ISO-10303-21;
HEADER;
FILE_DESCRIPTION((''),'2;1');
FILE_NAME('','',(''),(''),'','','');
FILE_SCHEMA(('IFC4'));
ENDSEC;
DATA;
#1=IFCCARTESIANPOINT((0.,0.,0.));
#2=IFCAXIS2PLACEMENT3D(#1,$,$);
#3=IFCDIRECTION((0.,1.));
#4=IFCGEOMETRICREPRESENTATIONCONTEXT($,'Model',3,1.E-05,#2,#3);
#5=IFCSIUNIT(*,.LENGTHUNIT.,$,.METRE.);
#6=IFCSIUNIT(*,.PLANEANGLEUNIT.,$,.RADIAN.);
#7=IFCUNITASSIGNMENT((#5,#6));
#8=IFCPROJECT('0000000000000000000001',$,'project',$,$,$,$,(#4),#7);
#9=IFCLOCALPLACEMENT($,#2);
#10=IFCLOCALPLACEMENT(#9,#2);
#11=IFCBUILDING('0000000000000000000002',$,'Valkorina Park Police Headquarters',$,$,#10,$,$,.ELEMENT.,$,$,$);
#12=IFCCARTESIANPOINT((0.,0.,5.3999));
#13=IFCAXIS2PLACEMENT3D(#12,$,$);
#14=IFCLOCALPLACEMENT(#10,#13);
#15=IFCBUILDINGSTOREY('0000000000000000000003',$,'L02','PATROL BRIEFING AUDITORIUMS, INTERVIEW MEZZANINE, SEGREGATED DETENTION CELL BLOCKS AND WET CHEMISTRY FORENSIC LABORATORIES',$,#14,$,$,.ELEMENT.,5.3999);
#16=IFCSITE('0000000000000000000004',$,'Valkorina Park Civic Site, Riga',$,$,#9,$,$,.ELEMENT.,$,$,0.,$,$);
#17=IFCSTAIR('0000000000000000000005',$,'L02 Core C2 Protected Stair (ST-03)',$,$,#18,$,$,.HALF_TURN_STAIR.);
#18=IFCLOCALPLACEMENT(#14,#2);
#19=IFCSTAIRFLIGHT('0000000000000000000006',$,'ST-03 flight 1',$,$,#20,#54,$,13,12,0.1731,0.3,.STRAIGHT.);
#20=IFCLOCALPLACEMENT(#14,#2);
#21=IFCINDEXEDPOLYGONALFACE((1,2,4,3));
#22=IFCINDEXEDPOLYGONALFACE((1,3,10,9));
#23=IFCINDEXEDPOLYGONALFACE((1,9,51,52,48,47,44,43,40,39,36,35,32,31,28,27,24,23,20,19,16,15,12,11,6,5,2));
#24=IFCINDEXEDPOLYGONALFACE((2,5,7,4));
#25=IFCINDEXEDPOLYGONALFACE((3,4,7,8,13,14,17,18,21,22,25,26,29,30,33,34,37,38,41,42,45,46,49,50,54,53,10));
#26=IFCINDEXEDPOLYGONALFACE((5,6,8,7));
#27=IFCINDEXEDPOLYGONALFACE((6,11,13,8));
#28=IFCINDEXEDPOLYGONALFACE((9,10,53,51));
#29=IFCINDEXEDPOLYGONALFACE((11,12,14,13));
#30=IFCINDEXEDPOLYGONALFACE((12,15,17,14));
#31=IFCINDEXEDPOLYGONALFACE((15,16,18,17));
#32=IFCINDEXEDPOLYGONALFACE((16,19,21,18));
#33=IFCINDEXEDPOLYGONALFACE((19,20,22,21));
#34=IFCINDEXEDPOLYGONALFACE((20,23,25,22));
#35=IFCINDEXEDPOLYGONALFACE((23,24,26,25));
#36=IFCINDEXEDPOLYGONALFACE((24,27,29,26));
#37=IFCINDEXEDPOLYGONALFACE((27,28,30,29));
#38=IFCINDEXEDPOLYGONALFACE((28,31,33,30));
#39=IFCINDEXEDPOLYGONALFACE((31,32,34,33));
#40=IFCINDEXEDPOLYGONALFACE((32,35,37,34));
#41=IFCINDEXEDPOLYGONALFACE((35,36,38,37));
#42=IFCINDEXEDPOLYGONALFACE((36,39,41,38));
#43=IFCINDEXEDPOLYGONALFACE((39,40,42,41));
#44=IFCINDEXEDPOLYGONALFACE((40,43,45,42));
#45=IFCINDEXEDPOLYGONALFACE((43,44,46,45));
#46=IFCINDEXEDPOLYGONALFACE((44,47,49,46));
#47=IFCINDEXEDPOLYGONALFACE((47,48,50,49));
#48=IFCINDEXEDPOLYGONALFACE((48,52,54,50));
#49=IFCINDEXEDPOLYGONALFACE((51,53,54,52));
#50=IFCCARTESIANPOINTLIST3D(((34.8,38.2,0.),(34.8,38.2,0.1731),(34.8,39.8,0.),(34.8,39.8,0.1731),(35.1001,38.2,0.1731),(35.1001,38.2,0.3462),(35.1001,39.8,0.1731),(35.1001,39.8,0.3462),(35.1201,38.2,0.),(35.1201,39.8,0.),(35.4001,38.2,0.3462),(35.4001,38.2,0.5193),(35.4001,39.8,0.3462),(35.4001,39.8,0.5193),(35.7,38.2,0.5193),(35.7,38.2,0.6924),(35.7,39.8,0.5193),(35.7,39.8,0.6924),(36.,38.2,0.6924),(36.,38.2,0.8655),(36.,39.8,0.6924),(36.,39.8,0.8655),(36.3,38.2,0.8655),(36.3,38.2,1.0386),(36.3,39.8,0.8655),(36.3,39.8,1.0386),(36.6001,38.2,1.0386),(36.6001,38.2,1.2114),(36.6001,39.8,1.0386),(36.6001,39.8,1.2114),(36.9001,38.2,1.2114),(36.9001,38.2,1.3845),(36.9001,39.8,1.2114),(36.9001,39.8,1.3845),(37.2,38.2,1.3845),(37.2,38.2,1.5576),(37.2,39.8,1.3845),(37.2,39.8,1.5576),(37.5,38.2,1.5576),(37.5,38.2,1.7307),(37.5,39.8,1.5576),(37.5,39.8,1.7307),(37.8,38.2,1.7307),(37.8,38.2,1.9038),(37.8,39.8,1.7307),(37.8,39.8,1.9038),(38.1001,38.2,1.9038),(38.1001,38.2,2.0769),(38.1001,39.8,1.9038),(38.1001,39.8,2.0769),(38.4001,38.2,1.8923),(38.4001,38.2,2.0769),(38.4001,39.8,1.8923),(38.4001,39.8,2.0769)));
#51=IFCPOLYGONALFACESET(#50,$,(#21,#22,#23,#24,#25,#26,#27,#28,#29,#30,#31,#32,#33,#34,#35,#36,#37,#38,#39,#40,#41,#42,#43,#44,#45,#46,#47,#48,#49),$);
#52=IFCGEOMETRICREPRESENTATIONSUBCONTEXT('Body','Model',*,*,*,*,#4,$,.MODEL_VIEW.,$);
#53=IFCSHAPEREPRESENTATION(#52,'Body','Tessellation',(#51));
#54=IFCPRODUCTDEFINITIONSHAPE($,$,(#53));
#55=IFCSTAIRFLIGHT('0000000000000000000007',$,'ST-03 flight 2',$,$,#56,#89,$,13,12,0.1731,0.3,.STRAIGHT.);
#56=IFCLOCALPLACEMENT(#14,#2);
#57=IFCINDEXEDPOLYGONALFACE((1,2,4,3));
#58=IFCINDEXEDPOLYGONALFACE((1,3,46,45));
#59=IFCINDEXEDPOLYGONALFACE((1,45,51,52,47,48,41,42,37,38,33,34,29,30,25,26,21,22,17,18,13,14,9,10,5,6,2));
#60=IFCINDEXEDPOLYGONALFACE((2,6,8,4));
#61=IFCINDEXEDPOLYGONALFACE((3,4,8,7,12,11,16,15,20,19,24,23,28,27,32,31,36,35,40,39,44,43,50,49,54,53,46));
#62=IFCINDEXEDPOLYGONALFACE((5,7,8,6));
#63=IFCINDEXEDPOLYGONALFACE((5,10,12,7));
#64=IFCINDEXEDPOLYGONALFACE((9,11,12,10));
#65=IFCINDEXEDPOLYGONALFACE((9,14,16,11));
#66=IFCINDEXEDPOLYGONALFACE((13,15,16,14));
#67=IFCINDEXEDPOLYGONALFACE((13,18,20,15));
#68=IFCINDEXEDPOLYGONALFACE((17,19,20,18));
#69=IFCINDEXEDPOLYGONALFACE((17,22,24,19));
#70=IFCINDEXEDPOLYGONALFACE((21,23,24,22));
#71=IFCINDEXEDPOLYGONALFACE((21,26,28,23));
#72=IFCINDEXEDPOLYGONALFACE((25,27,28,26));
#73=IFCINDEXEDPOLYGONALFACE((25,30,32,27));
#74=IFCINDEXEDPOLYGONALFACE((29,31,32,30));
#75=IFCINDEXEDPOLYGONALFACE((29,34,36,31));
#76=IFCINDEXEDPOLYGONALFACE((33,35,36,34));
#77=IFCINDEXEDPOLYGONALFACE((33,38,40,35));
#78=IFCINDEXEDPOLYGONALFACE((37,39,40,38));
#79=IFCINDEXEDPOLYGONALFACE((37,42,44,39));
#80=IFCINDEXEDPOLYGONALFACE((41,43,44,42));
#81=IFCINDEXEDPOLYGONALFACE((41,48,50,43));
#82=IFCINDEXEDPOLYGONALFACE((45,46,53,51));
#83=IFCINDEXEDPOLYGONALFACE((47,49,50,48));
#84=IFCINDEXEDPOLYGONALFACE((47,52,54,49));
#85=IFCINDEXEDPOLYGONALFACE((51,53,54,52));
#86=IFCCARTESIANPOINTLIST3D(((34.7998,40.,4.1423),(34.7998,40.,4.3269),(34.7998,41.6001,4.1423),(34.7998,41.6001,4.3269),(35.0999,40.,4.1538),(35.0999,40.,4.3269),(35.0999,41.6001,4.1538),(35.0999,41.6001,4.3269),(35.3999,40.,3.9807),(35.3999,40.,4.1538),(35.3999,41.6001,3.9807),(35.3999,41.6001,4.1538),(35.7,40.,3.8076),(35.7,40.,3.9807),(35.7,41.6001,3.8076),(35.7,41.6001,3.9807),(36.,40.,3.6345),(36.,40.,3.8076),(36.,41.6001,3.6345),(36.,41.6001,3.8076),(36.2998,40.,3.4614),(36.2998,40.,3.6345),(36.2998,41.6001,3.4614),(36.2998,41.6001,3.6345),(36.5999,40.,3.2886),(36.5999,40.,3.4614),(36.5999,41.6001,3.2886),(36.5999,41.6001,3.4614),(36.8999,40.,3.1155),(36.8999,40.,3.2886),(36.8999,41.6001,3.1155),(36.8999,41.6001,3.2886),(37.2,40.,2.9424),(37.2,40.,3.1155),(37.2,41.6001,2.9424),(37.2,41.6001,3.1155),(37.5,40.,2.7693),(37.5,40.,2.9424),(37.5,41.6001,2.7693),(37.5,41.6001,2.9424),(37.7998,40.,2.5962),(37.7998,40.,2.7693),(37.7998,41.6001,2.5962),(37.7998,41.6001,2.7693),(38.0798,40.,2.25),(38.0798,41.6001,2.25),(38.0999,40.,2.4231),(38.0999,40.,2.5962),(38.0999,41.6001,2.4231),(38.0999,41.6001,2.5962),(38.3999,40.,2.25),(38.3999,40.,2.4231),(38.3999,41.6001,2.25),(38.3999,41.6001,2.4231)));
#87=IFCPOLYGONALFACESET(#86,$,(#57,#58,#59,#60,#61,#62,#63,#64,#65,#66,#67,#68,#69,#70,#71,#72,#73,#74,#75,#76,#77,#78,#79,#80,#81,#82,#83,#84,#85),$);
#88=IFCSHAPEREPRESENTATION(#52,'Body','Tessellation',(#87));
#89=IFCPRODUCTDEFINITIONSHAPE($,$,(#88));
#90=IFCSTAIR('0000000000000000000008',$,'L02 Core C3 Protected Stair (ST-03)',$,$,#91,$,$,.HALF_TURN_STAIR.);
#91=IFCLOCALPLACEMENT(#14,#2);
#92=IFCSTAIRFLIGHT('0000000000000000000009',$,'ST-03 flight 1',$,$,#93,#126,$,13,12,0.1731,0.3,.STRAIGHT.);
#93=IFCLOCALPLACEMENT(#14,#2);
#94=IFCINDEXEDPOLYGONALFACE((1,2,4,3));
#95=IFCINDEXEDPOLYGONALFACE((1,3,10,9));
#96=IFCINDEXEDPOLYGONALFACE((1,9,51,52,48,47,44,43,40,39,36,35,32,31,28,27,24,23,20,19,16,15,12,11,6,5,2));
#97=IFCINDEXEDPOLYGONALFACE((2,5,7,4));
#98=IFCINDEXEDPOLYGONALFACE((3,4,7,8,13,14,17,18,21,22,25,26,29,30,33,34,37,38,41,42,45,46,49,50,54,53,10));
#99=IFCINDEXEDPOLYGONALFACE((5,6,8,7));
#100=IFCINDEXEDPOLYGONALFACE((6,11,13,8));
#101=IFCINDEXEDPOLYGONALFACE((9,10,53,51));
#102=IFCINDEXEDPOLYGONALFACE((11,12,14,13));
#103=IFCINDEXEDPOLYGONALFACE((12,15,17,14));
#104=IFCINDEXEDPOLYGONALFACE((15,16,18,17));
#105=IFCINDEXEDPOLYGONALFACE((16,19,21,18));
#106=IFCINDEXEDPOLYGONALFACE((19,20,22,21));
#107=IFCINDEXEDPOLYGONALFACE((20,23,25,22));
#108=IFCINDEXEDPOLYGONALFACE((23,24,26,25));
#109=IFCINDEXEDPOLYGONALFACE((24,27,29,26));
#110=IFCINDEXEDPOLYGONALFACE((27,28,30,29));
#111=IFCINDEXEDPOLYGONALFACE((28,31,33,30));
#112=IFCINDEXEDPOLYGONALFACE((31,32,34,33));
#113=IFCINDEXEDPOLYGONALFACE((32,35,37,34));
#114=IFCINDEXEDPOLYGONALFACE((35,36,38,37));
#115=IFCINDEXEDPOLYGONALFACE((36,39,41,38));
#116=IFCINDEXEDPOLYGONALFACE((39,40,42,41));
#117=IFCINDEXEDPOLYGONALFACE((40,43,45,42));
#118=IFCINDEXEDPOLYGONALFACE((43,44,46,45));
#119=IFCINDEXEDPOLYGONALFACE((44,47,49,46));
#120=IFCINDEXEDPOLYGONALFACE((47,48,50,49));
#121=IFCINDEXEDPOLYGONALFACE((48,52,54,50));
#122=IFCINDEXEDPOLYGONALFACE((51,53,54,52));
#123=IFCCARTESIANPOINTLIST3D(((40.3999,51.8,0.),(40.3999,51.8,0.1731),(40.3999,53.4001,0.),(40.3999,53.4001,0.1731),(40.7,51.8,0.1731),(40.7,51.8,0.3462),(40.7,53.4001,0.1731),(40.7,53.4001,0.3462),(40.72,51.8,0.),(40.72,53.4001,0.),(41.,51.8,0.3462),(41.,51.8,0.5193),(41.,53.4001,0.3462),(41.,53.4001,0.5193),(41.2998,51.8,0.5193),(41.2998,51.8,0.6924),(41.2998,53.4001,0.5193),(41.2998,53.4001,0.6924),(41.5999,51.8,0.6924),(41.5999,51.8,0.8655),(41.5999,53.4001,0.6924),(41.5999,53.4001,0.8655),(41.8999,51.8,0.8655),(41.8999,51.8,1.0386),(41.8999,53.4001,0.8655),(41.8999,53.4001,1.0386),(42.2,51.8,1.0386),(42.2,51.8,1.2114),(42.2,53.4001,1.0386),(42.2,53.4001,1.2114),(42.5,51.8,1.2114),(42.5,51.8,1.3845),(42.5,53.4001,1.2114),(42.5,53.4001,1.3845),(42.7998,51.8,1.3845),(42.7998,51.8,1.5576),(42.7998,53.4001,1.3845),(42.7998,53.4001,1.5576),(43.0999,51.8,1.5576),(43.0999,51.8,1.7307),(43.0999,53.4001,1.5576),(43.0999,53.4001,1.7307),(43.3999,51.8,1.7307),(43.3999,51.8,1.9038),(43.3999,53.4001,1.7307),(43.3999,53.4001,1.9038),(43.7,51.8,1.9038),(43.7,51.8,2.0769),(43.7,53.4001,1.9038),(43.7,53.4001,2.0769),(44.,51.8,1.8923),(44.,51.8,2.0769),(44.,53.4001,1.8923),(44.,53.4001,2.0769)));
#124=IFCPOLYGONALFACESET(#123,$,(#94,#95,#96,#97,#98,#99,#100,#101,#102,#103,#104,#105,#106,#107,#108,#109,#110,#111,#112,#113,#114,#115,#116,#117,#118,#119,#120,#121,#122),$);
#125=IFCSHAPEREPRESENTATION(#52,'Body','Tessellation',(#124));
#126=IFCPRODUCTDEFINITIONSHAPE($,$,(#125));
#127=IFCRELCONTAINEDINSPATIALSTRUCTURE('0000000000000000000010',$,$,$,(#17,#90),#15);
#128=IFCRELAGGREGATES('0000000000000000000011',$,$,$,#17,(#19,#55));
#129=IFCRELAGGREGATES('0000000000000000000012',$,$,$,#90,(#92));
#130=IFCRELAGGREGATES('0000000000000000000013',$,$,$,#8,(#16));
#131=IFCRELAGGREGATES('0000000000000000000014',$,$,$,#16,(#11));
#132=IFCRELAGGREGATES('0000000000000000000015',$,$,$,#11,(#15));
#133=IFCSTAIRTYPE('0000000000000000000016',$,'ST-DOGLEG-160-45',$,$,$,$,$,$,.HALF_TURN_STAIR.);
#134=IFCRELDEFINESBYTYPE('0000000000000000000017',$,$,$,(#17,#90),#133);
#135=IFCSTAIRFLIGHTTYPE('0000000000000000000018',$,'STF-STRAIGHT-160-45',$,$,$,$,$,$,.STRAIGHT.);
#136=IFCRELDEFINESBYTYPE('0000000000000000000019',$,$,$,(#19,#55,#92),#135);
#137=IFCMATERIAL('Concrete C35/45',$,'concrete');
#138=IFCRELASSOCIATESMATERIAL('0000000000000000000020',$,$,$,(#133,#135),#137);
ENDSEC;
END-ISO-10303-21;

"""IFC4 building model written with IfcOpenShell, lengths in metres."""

from ifc_helpers import new_model, si_unit, direction, frame, origin, place, context, subcontext, project, spatial, polyline, outline, extrude, material, type_object, element, aggregate, save


model = new_model("IFC4")

# Units and contexts
model_context = context("Model", 3, precision=1e-05, world=origin(), true_north=direction((0.0, 1.0)))
body_context = subcontext(model_context, "Body", "Model", "MODEL_VIEW")
ifc_project = project(units=[si_unit("LENGTHUNIT", "METRE"), si_unit("PLANEANGLEUNIT", "RADIAN")], contexts=[model_context])

# Site, building, storey
site_placement = place(None, origin())
site = spatial("IfcSite", under=ifc_project, at=site_placement, Name="Valkorina Park Civic Site, Riga", CompositionType="ELEMENT", RefElevation=0.0)
building_placement = place(site_placement, origin())
building = spatial("IfcBuilding", under=site, at=building_placement, Name="Valkorina Park Police Headquarters", CompositionType="ELEMENT")
storey_placement = place(building_placement, frame((0.0, 0.0, 5.3999)))
storey = spatial("IfcBuildingStorey", under=building, at=storey_placement, Name="L02", Description="PATROL BRIEFING AUDITORIUMS, INTERVIEW MEZZANINE, SEGREGATED DETENTION CELL BLOCKS AND WET CHEMISTRY FORENSIC LABORATORIES", CompositionType="ELEMENT", Elevation=5.3999)

# Stair, stair flights
ifc_material_1 = material(Name="Concrete C35/45", Category="concrete")
stair_type = type_object("IfcStairType", Name="ST-DOGLEG-160-45", PredefinedType="HALF_TURN_STAIR", material=ifc_material_1)
stair_1_placement = place(storey_placement, origin())
stair_1 = element("IfcStair", 1, at=stair_1_placement, inside=storey, type_object=stair_type, Name="L02 Core C2 Protected Stair (ST-03)", PredefinedType="HALF_TURN_STAIR")
stair_flight_type = type_object("IfcStairFlightType", Name="STF-STRAIGHT-160-45", PredefinedType="STRAIGHT", material=ifc_material_1)
stair_flight_1_placement = place(storey_placement, frame((34.8, 39.0, 0.0), z_axis=(0.0, 0.0, 1.0), x_axis=(1.0, 0.0, 0.0)))
stair_flight_1 = element("IfcStairFlight", 2, at=stair_flight_1_placement, type_object=stair_flight_type, Name="ST-03 flight 1", NumberOfRisers=13, NumberOfTreads=12, PredefinedType="STRAIGHT", RiserHeight=0.1731, TreadLength=0.3, context=body_context, shape_type="SweptSolid", body=[
    extrude(outline(polyline([(0.0, 0.0), (0.0, 0.1731), (0.3, 0.1731), (0.3, 0.3462), (0.6001, 0.3462), (0.6001, 0.5193), (0.8999, 0.5193), (0.8999, 0.6924), (1.2, 0.6924), (1.2, 0.8655), (1.5, 0.8655), (1.5, 1.0386), (1.8, 1.0386), (1.8, 1.2114), (2.1001, 1.2114), (2.1001, 1.3845), (2.3999, 1.3845), (2.3999, 1.5576), (2.7, 1.5576), (2.7, 1.7307), (3.0, 1.7307), (3.0, 1.9038), (3.3, 1.9038), (3.3, 2.0769), (3.6001, 2.0769), (3.6001, 2.25), (3.6001, 1.8923), (0.3201, 0.0), (0.0, 0.0)])), frame((0.0, 0.8, 0.0), z_axis=(0.0, -1.0, 0.0), x_axis=(1.0, 0.0, 0.0)), (0.0, 0.0, 1.0), 1.6001),
])
stair_flight_2_placement = place(storey_placement, frame((38.3999, 40.8, 2.25), z_axis=(0.0, 0.0, 1.0), x_axis=(-1.0, 0.0, 0.0)))
stair_flight_2 = element("IfcStairFlight", 3, at=stair_flight_2_placement, type_object=stair_flight_type, Name="ST-03 flight 2", NumberOfRisers=13, NumberOfTreads=12, PredefinedType="STRAIGHT", RiserHeight=0.1731, TreadLength=0.3, context=body_context, shape_type="SweptSolid", body=[
    extrude(outline(polyline([(0.0, 0.0), (0.0, 0.1731), (0.3, 0.1731), (0.3, 0.3462), (0.6001, 0.3462), (0.6001, 0.5193), (0.8999, 0.5193), (0.8999, 0.6924), (1.2, 0.6924), (1.2, 0.8655), (1.5, 0.8655), (1.5, 1.0386), (1.8, 1.0386), (1.8, 1.2114), (2.1001, 1.2114), (2.1001, 1.3845), (2.3999, 1.3845), (2.3999, 1.5576), (2.7, 1.5576), (2.7, 1.7307), (3.0, 1.7307), (3.0, 1.9038), (3.3, 1.9038), (3.3, 2.0769), (3.6001, 2.0769), (3.6001, 2.25), (3.6001, 1.8923), (0.3201, 0.0), (0.0, 0.0)])), frame((0.0, 0.8, 0.0), z_axis=(0.0, -1.0, 0.0), x_axis=(1.0, 0.0, 0.0)), (0.0, 0.0, 1.0), 1.6001),
])
aggregate(stair_1, [stair_flight_1, stair_flight_2])

# Stair, stair flight
stair_2_placement = place(storey_placement, origin())
stair_2 = element("IfcStair", 4, at=stair_2_placement, inside=storey, type_object=stair_type, Name="L02 Core C3 Protected Stair (ST-03)", PredefinedType="HALF_TURN_STAIR")
stair_flight_3_placement = place(storey_placement, frame((40.3999, 52.6001, 0.0), z_axis=(0.0, 0.0, 1.0), x_axis=(1.0, 0.0, 0.0)))
stair_flight_3 = element("IfcStairFlight", 5, at=stair_flight_3_placement, type_object=stair_flight_type, Name="ST-03 flight 1", NumberOfRisers=13, NumberOfTreads=12, PredefinedType="STRAIGHT", RiserHeight=0.1731, TreadLength=0.3, context=body_context, shape_type="SweptSolid", body=[
    extrude(outline(polyline([(0.0, 0.0), (0.0, 0.1731), (0.3, 0.1731), (0.3, 0.3462), (0.6001, 0.3462), (0.6001, 0.5193), (0.8999, 0.5193), (0.8999, 0.6924), (1.2, 0.6924), (1.2, 0.8655), (1.5, 0.8655), (1.5, 1.0386), (1.8, 1.0386), (1.8, 1.2114), (2.1001, 1.2114), (2.1001, 1.3845), (2.3999, 1.3845), (2.3999, 1.5576), (2.7, 1.5576), (2.7, 1.7307), (3.0, 1.7307), (3.0, 1.9038), (3.3, 1.9038), (3.3, 2.0769), (3.6001, 2.0769), (3.6001, 2.25), (3.6001, 1.8923), (0.3201, 0.0), (0.0, 0.0)])), frame((0.0, 0.8, 0.0), z_axis=(0.0, -1.0, 0.0), x_axis=(1.0, 0.0, 0.0)), (0.0, 0.0, 1.0), 1.6001),
])
aggregate(stair_2, [stair_flight_3])

save(model, "model.ifc")
